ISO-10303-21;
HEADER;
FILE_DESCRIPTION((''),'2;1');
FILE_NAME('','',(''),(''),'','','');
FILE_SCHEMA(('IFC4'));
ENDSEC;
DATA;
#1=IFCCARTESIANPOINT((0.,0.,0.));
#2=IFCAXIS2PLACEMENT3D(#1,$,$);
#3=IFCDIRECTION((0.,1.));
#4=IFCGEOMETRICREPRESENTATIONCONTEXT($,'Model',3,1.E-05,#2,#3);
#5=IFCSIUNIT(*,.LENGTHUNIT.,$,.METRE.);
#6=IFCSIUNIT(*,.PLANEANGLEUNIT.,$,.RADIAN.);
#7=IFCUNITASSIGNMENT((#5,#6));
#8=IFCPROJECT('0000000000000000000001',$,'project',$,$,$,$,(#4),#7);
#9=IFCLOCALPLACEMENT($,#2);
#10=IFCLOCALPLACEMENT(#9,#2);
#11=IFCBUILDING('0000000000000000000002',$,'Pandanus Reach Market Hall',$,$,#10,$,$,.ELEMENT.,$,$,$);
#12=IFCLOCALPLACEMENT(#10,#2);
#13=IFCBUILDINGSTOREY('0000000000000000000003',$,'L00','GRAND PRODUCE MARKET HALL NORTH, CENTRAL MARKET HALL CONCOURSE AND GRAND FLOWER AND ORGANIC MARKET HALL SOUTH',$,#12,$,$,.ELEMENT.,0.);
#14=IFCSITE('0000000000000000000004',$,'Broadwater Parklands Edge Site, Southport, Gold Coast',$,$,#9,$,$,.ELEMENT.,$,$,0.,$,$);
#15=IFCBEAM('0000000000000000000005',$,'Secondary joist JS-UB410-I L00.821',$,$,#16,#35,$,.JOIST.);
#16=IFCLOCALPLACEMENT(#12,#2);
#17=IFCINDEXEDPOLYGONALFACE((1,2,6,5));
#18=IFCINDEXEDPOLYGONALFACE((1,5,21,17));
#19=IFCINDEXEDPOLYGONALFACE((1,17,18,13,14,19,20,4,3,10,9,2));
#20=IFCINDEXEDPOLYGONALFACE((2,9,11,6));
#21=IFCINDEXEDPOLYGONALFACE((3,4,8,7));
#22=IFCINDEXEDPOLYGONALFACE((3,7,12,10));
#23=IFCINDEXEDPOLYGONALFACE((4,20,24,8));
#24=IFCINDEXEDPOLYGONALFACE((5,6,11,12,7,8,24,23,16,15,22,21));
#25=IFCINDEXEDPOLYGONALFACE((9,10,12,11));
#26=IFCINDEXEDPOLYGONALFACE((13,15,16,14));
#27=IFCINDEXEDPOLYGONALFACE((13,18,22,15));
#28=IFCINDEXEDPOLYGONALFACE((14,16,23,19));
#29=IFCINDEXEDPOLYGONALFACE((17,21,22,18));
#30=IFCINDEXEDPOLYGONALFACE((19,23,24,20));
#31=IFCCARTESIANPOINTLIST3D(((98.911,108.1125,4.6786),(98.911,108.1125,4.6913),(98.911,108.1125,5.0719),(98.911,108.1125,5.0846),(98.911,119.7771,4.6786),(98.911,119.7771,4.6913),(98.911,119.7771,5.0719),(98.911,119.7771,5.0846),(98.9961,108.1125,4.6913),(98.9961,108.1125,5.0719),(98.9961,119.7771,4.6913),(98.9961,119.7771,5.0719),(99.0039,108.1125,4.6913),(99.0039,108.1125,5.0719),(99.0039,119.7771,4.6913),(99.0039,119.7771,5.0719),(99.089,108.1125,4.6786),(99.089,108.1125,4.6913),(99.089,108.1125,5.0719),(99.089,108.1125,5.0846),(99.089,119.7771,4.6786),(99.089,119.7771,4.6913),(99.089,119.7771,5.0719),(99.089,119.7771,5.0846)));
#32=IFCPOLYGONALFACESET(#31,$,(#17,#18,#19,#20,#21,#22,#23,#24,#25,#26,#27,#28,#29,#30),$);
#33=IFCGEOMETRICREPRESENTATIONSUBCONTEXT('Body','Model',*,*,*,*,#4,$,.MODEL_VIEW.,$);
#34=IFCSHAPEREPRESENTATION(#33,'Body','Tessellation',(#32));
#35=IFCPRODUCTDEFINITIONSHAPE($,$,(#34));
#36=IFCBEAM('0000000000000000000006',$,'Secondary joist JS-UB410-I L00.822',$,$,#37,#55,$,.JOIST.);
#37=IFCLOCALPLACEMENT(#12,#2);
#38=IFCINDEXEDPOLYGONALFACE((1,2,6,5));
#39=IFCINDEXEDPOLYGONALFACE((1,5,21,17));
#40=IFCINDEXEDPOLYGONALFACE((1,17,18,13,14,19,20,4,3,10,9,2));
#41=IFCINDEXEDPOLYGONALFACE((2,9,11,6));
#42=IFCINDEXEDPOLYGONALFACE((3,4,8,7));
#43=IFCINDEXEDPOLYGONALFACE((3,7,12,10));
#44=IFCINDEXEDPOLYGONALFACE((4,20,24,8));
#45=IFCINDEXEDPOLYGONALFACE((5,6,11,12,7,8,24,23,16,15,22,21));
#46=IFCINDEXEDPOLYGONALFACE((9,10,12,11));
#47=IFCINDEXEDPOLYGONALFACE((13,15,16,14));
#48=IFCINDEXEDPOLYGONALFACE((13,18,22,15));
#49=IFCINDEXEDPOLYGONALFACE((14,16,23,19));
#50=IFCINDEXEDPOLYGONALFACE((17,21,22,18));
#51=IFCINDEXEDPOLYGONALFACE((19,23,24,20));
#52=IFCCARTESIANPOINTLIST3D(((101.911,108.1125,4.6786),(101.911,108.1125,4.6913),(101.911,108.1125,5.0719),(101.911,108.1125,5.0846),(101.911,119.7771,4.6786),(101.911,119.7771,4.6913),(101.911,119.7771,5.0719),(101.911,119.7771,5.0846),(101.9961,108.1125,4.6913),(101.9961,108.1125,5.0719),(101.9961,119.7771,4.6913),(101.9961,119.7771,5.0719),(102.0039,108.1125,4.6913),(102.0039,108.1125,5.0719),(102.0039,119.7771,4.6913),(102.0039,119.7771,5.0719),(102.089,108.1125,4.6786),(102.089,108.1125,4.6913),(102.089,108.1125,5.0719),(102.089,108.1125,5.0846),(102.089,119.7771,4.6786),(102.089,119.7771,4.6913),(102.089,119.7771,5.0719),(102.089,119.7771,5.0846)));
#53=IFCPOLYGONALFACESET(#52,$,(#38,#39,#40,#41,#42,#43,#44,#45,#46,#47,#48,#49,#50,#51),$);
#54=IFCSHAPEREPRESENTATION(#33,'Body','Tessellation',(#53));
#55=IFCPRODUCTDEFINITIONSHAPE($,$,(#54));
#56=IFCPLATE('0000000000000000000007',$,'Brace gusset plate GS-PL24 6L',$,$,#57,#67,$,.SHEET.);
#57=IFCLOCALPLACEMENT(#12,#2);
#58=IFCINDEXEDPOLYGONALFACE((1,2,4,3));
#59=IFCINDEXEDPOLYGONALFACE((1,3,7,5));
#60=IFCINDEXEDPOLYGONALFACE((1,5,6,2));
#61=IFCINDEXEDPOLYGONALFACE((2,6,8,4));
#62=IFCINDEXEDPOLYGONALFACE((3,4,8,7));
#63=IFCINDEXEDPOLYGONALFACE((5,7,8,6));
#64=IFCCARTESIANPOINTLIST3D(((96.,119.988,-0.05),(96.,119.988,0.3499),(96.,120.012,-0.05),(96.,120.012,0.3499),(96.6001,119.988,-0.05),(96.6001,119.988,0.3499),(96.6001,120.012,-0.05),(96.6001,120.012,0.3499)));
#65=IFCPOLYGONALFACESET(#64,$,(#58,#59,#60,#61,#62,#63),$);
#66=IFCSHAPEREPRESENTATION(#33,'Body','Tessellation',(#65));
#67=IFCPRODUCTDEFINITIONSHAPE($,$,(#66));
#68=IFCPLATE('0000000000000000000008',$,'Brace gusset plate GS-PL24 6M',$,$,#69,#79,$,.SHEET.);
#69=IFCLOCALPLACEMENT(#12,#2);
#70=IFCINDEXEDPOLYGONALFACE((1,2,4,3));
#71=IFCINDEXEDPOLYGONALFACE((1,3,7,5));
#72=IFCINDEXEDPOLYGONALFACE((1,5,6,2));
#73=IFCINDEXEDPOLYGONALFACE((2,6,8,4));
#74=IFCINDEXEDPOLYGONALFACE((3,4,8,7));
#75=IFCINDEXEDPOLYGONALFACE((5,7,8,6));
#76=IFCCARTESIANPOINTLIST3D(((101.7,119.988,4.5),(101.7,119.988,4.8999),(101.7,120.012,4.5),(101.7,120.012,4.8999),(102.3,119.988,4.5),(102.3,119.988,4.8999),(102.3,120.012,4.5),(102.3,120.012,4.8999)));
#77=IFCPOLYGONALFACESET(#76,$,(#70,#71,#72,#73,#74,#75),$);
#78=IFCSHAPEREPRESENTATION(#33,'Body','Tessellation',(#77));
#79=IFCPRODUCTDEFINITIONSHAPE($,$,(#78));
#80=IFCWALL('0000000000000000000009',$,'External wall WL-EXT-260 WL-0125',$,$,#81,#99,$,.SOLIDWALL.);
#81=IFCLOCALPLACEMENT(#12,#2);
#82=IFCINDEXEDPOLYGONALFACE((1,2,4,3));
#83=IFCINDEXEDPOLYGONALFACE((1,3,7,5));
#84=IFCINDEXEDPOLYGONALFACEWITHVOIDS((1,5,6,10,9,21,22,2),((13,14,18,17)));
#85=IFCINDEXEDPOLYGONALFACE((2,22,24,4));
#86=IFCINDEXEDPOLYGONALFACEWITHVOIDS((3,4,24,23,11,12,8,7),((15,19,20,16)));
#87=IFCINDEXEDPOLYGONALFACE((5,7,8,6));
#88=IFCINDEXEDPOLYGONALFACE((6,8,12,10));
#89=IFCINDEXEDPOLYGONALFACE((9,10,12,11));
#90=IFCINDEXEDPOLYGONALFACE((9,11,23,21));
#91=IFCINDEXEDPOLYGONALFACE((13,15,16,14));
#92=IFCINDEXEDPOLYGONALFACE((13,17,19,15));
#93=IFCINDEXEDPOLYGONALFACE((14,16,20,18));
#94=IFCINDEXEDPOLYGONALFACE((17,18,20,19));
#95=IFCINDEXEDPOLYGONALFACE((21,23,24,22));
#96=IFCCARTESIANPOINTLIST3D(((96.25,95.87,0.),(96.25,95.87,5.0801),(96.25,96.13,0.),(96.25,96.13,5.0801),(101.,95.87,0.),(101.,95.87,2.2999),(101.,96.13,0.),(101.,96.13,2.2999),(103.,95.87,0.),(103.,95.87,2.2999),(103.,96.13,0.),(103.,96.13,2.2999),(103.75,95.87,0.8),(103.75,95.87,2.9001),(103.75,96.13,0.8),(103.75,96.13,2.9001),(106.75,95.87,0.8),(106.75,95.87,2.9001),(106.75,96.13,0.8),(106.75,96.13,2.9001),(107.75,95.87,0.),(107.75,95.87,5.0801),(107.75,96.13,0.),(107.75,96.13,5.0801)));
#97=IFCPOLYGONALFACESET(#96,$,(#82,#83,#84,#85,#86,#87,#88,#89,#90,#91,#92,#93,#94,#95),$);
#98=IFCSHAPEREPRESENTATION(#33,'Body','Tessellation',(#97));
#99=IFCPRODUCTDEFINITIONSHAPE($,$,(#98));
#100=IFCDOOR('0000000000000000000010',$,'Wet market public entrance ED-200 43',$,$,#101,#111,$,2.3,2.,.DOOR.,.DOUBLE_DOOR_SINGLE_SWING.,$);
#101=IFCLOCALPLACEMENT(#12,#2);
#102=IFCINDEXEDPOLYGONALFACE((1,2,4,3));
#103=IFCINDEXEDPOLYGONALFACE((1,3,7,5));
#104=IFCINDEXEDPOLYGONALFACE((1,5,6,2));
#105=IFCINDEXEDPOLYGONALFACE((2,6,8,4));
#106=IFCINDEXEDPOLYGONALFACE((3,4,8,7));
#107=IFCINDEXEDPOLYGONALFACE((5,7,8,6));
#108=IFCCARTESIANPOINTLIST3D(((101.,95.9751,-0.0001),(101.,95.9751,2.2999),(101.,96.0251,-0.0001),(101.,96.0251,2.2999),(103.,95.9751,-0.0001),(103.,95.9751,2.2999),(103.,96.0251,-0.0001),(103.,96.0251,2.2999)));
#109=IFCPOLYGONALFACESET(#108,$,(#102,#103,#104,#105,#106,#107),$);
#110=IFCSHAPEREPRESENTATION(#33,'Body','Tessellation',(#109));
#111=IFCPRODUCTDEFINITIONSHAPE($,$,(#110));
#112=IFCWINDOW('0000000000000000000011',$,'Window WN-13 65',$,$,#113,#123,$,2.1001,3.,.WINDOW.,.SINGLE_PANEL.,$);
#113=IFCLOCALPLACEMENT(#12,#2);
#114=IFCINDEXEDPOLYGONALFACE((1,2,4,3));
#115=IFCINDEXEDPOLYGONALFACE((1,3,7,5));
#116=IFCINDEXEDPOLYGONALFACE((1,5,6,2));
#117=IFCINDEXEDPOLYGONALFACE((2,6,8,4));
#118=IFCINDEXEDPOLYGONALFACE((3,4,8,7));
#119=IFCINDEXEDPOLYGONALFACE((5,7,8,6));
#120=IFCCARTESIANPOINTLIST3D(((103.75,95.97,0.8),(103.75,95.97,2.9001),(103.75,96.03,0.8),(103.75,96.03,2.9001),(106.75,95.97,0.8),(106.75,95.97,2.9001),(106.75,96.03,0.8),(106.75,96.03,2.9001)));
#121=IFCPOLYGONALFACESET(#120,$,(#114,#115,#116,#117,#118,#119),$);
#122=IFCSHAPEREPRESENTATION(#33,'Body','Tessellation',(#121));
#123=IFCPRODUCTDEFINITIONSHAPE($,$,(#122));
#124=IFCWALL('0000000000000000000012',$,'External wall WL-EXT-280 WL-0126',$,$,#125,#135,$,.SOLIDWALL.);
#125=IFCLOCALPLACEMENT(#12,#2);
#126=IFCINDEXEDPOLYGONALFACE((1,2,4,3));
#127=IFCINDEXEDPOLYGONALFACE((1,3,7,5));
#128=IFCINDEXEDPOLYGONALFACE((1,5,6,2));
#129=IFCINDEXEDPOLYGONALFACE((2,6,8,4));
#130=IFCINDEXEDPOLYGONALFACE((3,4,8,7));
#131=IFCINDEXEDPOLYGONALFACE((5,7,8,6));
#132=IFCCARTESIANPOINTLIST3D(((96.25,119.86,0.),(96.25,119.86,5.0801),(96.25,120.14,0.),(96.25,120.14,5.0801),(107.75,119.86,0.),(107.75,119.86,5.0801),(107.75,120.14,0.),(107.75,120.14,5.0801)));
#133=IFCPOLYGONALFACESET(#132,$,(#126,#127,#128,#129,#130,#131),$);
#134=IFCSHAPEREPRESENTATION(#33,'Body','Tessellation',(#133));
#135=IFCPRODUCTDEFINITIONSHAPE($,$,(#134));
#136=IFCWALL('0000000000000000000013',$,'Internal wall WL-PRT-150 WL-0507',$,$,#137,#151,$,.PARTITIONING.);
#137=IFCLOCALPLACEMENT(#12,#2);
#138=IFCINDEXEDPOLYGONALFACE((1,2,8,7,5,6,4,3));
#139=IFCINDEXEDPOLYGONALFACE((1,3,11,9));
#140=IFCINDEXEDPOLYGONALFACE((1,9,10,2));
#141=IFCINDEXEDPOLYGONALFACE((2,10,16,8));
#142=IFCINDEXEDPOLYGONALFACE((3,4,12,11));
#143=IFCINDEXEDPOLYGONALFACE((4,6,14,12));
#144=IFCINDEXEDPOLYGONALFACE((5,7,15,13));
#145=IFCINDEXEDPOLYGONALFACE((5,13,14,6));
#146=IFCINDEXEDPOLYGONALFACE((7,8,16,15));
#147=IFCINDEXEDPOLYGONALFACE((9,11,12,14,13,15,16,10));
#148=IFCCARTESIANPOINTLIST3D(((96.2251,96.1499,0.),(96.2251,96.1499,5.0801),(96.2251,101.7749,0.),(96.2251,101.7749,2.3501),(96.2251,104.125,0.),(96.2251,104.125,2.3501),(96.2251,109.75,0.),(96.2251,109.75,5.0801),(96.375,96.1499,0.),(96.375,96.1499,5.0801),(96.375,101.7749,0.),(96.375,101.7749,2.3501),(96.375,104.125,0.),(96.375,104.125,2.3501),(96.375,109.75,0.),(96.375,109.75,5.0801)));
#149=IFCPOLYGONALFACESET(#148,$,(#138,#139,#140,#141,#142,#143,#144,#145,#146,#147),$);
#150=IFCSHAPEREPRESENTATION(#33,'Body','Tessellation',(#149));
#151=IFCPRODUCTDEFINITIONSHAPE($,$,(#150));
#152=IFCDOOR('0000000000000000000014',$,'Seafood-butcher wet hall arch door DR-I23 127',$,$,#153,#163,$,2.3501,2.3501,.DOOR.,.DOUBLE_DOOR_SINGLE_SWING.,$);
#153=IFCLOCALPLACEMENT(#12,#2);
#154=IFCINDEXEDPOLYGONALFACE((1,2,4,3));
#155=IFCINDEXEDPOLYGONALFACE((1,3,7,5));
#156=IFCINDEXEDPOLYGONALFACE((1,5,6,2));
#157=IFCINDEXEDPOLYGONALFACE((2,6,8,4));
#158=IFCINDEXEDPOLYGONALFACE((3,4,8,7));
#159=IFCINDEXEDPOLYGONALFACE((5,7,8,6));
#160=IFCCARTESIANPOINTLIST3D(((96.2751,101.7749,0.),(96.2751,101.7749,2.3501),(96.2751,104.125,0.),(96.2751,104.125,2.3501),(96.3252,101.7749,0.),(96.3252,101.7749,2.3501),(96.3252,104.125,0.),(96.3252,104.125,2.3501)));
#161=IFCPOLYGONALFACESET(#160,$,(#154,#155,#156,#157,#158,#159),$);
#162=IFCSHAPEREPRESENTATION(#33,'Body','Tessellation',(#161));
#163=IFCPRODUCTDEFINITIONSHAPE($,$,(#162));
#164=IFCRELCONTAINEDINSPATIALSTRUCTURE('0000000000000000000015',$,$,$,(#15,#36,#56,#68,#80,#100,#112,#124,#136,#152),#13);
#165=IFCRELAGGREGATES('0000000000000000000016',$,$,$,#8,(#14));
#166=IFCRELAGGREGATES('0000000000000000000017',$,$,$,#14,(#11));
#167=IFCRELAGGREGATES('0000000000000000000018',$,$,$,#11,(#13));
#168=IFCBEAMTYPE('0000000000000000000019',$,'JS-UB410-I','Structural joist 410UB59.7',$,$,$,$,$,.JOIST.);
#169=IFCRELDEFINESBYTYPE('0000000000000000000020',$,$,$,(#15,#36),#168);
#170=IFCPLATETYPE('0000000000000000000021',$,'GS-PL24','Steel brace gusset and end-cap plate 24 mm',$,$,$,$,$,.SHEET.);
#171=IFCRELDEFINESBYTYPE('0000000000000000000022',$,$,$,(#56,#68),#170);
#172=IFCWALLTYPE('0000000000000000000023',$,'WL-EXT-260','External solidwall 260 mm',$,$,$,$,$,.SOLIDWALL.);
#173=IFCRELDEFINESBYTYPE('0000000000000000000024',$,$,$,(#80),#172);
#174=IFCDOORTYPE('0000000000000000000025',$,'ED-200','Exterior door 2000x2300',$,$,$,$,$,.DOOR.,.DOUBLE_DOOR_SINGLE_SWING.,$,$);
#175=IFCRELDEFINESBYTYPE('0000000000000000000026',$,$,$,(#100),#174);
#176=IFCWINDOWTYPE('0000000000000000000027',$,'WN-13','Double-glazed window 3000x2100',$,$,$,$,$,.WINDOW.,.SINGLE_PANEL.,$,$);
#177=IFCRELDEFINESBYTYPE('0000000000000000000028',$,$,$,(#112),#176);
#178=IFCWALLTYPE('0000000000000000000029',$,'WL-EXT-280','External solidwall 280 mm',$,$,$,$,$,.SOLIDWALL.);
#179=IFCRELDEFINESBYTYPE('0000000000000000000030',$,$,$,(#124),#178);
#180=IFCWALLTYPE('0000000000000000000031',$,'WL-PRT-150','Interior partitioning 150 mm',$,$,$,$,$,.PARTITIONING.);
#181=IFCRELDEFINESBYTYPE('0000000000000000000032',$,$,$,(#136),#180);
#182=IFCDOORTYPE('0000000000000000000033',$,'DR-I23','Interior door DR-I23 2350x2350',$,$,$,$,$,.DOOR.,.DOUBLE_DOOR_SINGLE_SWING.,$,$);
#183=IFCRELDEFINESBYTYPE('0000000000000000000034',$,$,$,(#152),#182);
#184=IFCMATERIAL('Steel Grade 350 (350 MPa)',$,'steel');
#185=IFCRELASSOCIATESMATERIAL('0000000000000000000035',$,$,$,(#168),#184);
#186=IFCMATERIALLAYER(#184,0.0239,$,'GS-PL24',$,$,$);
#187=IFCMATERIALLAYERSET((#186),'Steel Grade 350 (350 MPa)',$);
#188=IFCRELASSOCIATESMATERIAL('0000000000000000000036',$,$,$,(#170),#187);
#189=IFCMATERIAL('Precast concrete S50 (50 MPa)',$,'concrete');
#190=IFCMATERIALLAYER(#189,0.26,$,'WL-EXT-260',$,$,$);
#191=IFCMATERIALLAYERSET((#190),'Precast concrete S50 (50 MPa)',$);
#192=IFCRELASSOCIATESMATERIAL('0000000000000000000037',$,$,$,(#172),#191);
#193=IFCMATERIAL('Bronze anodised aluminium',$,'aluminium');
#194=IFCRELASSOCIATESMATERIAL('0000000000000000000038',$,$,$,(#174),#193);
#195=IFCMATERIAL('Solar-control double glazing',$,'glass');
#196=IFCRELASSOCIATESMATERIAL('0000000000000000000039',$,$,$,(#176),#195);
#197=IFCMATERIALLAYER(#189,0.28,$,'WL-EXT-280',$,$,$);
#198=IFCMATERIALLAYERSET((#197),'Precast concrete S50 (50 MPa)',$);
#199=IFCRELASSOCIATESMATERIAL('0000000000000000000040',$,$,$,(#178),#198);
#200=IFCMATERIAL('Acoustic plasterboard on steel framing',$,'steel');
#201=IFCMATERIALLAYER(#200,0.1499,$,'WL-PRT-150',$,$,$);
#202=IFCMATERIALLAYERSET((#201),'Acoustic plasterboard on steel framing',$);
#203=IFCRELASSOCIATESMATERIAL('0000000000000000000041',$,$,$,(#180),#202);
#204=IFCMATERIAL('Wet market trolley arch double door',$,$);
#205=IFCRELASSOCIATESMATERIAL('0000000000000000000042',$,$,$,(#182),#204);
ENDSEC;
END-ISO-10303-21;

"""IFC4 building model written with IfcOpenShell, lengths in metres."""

from ifc_helpers import new_model, si_unit, direction, frame, frame_2d, origin, origin_2d, place, context, subcontext, project, spatial, rectangle, i_section, extrude, material, layer, layer_set, material_profile, profile_set, type_object, element, fill, save


model = new_model("IFC4")

# Units and contexts
model_context = context("Model", 3, precision=1e-05, world=origin(), true_north=direction((0.0, 1.0)))
body_context = subcontext(model_context, "Body", "Model", "MODEL_VIEW")
ifc_project = project(units=[si_unit("LENGTHUNIT", "METRE"), si_unit("PLANEANGLEUNIT", "RADIAN")], contexts=[model_context])

# Site, building, storey
site_placement = place(None, origin())
site = spatial("IfcSite", under=ifc_project, at=site_placement, Name="Broadwater Parklands Edge Site, Southport, Gold Coast", CompositionType="ELEMENT", RefElevation=0.0)
building_placement = place(site_placement, origin())
building = spatial("IfcBuilding", under=site, at=building_placement, Name="Pandanus Reach Market Hall", CompositionType="ELEMENT")
storey_placement = place(building_placement, origin())
storey = spatial("IfcBuildingStorey", under=building, at=storey_placement, Name="L00", Description="GRAND PRODUCE MARKET HALL NORTH, CENTRAL MARKET HALL CONCOURSE AND GRAND FLOWER AND ORGANIC MARKET HALL SOUTH", CompositionType="ELEMENT", Elevation=0.0)

# Shared definitions
ifc_material_1 = material(Name="Steel Grade 350 (350 MPa)", Category="steel")

# Beams
ifc_material_profile_1 = material_profile(ifc_material_1, i_section(OverallWidth=0.178, OverallDepth=0.406, WebThickness=0.0078, FlangeThickness=0.0127, at=origin_2d()), Name="410UB59.7", Category="LoadBearing")
ifc_profile_set_1 = profile_set([ifc_material_profile_1], Name="Steel Grade 350 (350 MPa)")
beam_type_1 = type_object("IfcBeamType", Name="JS-UB410-I", Description="Structural joist 410UB59.7", PredefinedType="JOIST", material=ifc_profile_set_1)
for number, where, z_axis, x_axis, name in (
    (1, (99.0, 108.1125, 4.8816), (0.0, 1.0, 0.0), (-1.0, 0.0, 0.0), "Secondary joist JS-UB410-I L00.821"),
    (2, (102.0, 108.1125, 4.8816), (0.0, 1.0, 0.0), (-1.0, 0.0, 0.0), "Secondary joist JS-UB410-I L00.822"),
):
    element("IfcBeam", number, at=place(storey_placement, frame(where, z_axis=z_axis, x_axis=x_axis)), inside=storey, type_object=beam_type_1, Name=name, PredefinedType="JOIST", context=body_context, shape_type="SweptSolid", body=[
        extrude(i_section(OverallWidth=0.178, OverallDepth=0.406, WebThickness=0.0078, FlangeThickness=0.0127, at=origin_2d()), origin(), (0.0, 0.0, 1.0), 11.6646),
    ])

# Plates
ifc_layer_1 = layer(ifc_material_1, 0.0239, Name="GS-PL24")
ifc_layer_set_1 = layer_set([ifc_layer_1], Name="Steel Grade 350 (350 MPa)")
plate_type = type_object("IfcPlateType", Name="GS-PL24", Description="Steel brace gusset and end-cap plate 24 mm", PredefinedType="SHEET", material=ifc_layer_set_1)
for number, where, z_axis, x_axis, name in (
    (3, (96.3, 120.0, -0.05), (0.0, 0.0, 1.0), (1.0, 0.0, 0.0), "Brace gusset plate GS-PL24 6L"),
    (4, (102.0, 120.0, 4.5), (0.0, 0.0, 1.0), (1.0, 0.0, 0.0), "Brace gusset plate GS-PL24 6M"),
):
    element("IfcPlate", number, at=place(storey_placement, frame(where, z_axis=z_axis, x_axis=x_axis)), inside=storey, type_object=plate_type, Name=name, PredefinedType="SHEET", context=body_context, shape_type="SweptSolid", body=[
        extrude(rectangle(XDim=0.6001, YDim=0.0239, at=origin_2d()), origin(), (0.0, 0.0, 1.0), 0.3999),
    ])

# Wall, openings, door, window
ifc_material_2 = material(Name="Precast concrete S50 (50 MPa)", Category="concrete")
ifc_layer_2 = layer(ifc_material_2, 0.26, Name="WL-EXT-260")
ifc_layer_set_2 = layer_set([ifc_layer_2], Name="Precast concrete S50 (50 MPa)")
wall_type_1 = type_object("IfcWallType", Name="WL-EXT-260", Description="External solidwall 260 mm", PredefinedType="SOLIDWALL", material=ifc_layer_set_2)
wall_1_placement = place(storey_placement, frame((96.25, 96.0, 0.0), z_axis=(0.0, 0.0, 1.0), x_axis=(1.0, 0.0, 0.0)))
wall_1 = element("IfcWall", 5, at=wall_1_placement, inside=storey, type_object=wall_type_1, Name="External wall WL-EXT-260 WL-0125", PredefinedType="SOLIDWALL", context=body_context, shape_type="SweptSolid", body=[
    extrude(rectangle(XDim=11.5, YDim=0.26, at=frame_2d((5.75, 0.0))), origin(), (0.0, 0.0, 1.0), 5.0801),
])
opening_1_placement = place(wall_1_placement, frame((4.75, 0.0, 0.0)))
opening_1 = element("IfcOpeningElement", 6, at=opening_1_placement, cuts=wall_1, PredefinedType="OPENING", context=body_context, shape_type="SweptSolid", body=[
    extrude(rectangle(XDim=2.0, YDim=2.3, at=frame_2d((1.0, 1.1499))), frame((0.0, 0.145, 0.0), z_axis=(0.0, -1.0, 0.0), x_axis=(1.0, 0.0, 0.0)), (0.0, 0.0, 1.0), 0.29),
])
opening_2_placement = place(wall_1_placement, frame((7.5, 0.0, 0.8)))
opening_2 = element("IfcOpeningElement", 7, at=opening_2_placement, cuts=wall_1, PredefinedType="OPENING", context=body_context, shape_type="SweptSolid", body=[
    extrude(rectangle(XDim=3.0, YDim=2.1001, at=frame_2d((1.5, 1.05))), frame((0.0, 0.145, 0.0), z_axis=(0.0, -1.0, 0.0), x_axis=(1.0, 0.0, 0.0)), (0.0, 0.0, 1.0), 0.29),
])
ifc_material_3 = material(Name="Bronze anodised aluminium", Category="aluminium")
door_type_1 = type_object("IfcDoorType", Name="ED-200", Description="Exterior door 2000x2300", OperationType="DOUBLE_DOOR_SINGLE_SWING", PredefinedType="DOOR", material=ifc_material_3)
door_1_placement = place(opening_1_placement, frame((2.0, 0.0, 0.0), z_axis=(0.0, 0.0, 1.0), x_axis=(-1.0, 0.0, 0.0)))
door_1 = element("IfcDoor", 8, at=door_1_placement, inside=storey, type_object=door_type_1, Name="Wet market public entrance ED-200 43", OperationType="DOUBLE_DOOR_SINGLE_SWING", OverallHeight=2.3, OverallWidth=2.0, PredefinedType="DOOR", context=body_context, shape_type="SweptSolid", body=[
    extrude(rectangle(XDim=2.0, YDim=2.3, at=frame_2d((1.0, 1.1499))), frame((0.0, 0.0249, 0.0), z_axis=(0.0, -1.0, 0.0), x_axis=(1.0, 0.0, 0.0)), (0.0, 0.0, 1.0), 0.05),
])
fill(opening_1, door_1)
ifc_material_4 = material(Name="Solar-control double glazing", Category="glass")
window_type = type_object("IfcWindowType", Name="WN-13", Description="Double-glazed window 3000x2100", PartitioningType="SINGLE_PANEL", PredefinedType="WINDOW", material=ifc_material_4)
window_placement = place(opening_2_placement, origin())
window = element("IfcWindow", 9, at=window_placement, inside=storey, type_object=window_type, Name="Window WN-13 65", OverallHeight=2.1001, OverallWidth=3.0, PartitioningType="SINGLE_PANEL", PredefinedType="WINDOW", context=body_context, shape_type="SweptSolid", body=[
    extrude(rectangle(XDim=3.0, YDim=2.1001, at=frame_2d((1.5, 1.05))), frame((0.0, 0.03, 0.0), z_axis=(0.0, -1.0, 0.0), x_axis=(1.0, 0.0, 0.0)), (0.0, 0.0, 1.0), 0.0601),
])
fill(opening_2, window)

# Wall
ifc_layer_3 = layer(ifc_material_2, 0.28, Name="WL-EXT-280")
ifc_layer_set_3 = layer_set([ifc_layer_3], Name="Precast concrete S50 (50 MPa)")
wall_type_2 = type_object("IfcWallType", Name="WL-EXT-280", Description="External solidwall 280 mm", PredefinedType="SOLIDWALL", material=ifc_layer_set_3)
wall_2_placement = place(storey_placement, frame((96.25, 120.0, 0.0), z_axis=(0.0, 0.0, 1.0), x_axis=(1.0, 0.0, 0.0)))
element("IfcWall", 10, at=wall_2_placement, inside=storey, type_object=wall_type_2, Name="External wall WL-EXT-280 WL-0126", PredefinedType="SOLIDWALL", context=body_context, shape_type="SweptSolid", body=[
    extrude(rectangle(XDim=11.5, YDim=0.28, at=frame_2d((5.75, 0.0))), origin(), (0.0, 0.0, 1.0), 5.0801),
])

# Wall, opening, door
ifc_material_5 = material(Name="Acoustic plasterboard on steel framing", Category="steel")
ifc_layer_4 = layer(ifc_material_5, 0.1499, Name="WL-PRT-150")
ifc_layer_set_4 = layer_set([ifc_layer_4], Name="Acoustic plasterboard on steel framing")
wall_type_3 = type_object("IfcWallType", Name="WL-PRT-150", Description="Interior partitioning 150 mm", PredefinedType="PARTITIONING", material=ifc_layer_set_4)
wall_3_placement = place(storey_placement, frame((96.3, 96.1499, 0.0), z_axis=(0.0, 0.0, 1.0), x_axis=(0.0, 1.0, 0.0)))
wall_3 = element("IfcWall", 11, at=wall_3_placement, inside=storey, type_object=wall_type_3, Name="Internal wall WL-PRT-150 WL-0507", PredefinedType="PARTITIONING", context=body_context, shape_type="SweptSolid", body=[
    extrude(rectangle(XDim=13.6001, YDim=0.1499, at=frame_2d((6.8, 0.0))), origin(), (0.0, 0.0, 1.0), 5.0801),
])
opening_3_placement = place(wall_3_placement, frame((5.625, 0.0, 0.0)))
opening_3 = element("IfcOpeningElement", 12, at=opening_3_placement, cuts=wall_3, PredefinedType="OPENING", context=body_context, shape_type="SweptSolid", body=[
    extrude(rectangle(XDim=2.3501, YDim=2.3501, at=frame_2d((1.175, 1.175))), frame((0.0, 0.0898, 0.0), z_axis=(0.0, -1.0, 0.0), x_axis=(1.0, 0.0, 0.0)), (0.0, 0.0, 1.0), 0.1799),
])
ifc_material_6 = material(Name="Wet market trolley arch double door")
door_type_2 = type_object("IfcDoorType", Name="DR-I23", Description="Interior door DR-I23 2350x2350", OperationType="DOUBLE_DOOR_SINGLE_SWING", PredefinedType="DOOR", material=ifc_material_6)
door_2_placement = place(opening_3_placement, origin())
door_2 = element("IfcDoor", 13, at=door_2_placement, inside=storey, type_object=door_type_2, Name="Seafood-butcher wet hall arch door DR-I23 127", OperationType="DOUBLE_DOOR_SINGLE_SWING", OverallHeight=2.3501, OverallWidth=2.3501, PredefinedType="DOOR", context=body_context, shape_type="SweptSolid", body=[
    extrude(rectangle(XDim=2.3501, YDim=2.3501, at=frame_2d((1.175, 1.175))), frame((0.0, 0.0249, 0.0), z_axis=(0.0, -1.0, 0.0), x_axis=(1.0, 0.0, 0.0)), (0.0, 0.0, 1.0), 0.05),
])
fill(opening_3, door_2)

save(model, "model.ifc")
